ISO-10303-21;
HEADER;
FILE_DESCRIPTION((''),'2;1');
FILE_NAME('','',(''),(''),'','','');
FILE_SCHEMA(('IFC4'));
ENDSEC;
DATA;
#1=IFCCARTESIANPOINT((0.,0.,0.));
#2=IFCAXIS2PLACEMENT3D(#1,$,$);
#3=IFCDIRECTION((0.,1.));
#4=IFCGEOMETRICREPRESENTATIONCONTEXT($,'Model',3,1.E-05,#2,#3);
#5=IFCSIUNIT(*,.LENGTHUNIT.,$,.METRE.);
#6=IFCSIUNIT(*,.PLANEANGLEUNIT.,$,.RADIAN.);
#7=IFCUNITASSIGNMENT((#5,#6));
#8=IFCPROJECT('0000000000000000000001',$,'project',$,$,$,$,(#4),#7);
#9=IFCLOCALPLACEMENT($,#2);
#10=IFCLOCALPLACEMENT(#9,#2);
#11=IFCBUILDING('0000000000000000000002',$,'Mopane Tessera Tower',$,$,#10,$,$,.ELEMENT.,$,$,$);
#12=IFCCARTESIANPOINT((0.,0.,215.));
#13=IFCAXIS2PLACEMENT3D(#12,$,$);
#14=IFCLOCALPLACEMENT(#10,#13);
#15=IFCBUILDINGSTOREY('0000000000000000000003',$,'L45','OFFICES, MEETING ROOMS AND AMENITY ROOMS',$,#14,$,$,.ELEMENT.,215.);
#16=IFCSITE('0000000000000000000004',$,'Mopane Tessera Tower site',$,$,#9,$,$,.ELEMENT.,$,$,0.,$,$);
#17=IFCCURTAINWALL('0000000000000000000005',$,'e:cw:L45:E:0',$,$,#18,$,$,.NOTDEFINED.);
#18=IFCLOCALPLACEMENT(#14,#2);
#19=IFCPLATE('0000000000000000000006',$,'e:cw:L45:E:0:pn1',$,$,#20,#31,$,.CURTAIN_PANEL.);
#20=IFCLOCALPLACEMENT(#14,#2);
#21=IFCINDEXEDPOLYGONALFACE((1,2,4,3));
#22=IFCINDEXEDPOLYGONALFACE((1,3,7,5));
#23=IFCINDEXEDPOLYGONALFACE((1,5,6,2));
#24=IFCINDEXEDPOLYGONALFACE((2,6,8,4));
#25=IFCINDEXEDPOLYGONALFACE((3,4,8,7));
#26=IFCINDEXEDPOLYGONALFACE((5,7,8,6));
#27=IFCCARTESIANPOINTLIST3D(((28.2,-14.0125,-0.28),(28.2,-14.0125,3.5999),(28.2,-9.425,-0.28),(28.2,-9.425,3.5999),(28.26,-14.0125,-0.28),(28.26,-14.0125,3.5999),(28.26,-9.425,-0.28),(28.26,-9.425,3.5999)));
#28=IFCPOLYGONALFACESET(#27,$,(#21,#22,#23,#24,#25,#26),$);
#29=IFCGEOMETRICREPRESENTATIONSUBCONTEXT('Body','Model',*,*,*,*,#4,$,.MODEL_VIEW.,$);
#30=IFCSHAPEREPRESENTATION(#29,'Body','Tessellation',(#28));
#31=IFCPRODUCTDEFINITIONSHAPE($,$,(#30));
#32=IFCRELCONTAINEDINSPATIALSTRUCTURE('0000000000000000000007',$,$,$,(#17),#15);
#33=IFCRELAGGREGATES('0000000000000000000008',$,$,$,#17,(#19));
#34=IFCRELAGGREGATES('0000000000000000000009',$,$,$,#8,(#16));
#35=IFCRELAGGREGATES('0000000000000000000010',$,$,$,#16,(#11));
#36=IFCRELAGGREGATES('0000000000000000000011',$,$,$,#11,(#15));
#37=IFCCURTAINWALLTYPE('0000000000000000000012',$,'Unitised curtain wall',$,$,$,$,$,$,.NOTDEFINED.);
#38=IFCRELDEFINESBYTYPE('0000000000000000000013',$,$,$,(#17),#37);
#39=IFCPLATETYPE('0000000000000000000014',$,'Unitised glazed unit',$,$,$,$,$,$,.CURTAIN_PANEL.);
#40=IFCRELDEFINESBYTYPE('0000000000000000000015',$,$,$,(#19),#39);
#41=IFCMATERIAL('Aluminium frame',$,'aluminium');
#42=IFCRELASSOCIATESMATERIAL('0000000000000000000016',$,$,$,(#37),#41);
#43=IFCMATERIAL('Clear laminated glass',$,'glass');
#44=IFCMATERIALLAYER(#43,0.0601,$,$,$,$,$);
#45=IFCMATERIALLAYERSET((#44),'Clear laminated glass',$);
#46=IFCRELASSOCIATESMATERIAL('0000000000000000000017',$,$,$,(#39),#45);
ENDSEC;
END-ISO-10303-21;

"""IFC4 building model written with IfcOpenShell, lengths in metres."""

from ifc_helpers import new_model, si_unit, direction, frame, origin, origin_2d, place, context, subcontext, project, spatial, rectangle, extrude, material, layer, layer_set, type_object, element, aggregate, save


model = new_model("IFC4")

# Units and contexts
model_context = context("Model", 3, precision=1e-05, world=origin(), true_north=direction((0.0, 1.0)))
body_context = subcontext(model_context, "Body", "Model", "MODEL_VIEW")
ifc_project = project(units=[si_unit("LENGTHUNIT", "METRE"), si_unit("PLANEANGLEUNIT", "RADIAN")], contexts=[model_context])

# Site, building, storey
site_placement = place(None, origin())
site = spatial("IfcSite", under=ifc_project, at=site_placement, Name="Mopane Tessera Tower site", CompositionType="ELEMENT", RefElevation=0.0)
building_placement = place(site_placement, origin())
building = spatial("IfcBuilding", under=site, at=building_placement, Name="Mopane Tessera Tower", CompositionType="ELEMENT")
storey_placement = place(building_placement, frame((0.0, 0.0, 215.0)))
storey = spatial("IfcBuildingStorey", under=building, at=storey_placement, Name="L45", Description="OFFICES, MEETING ROOMS AND AMENITY ROOMS", CompositionType="ELEMENT", Elevation=215.0)

# Curtain wall
ifc_material_1 = material(Name="Aluminium frame", Category="aluminium")
curtain_wall_type = type_object("IfcCurtainWallType", Name="Unitised curtain wall", PredefinedType="NOTDEFINED", material=ifc_material_1)
curtain_wall_1_placement = place(storey_placement, origin())
curtain_wall_1 = element("IfcCurtainWall", 1, at=curtain_wall_1_placement, inside=storey, type_object=curtain_wall_type, Name="e:cw:L45:E:0", PredefinedType="NOTDEFINED")

# Plate
ifc_material_2 = material(Name="Clear laminated glass", Category="glass")
ifc_layer = layer(ifc_material_2, 0.0601)
ifc_layer_set = layer_set([ifc_layer], Name="Clear laminated glass")
plate_type = type_object("IfcPlateType", Name="Unitised glazed unit", PredefinedType="CURTAIN_PANEL", material=ifc_layer_set)
plate_1_placement = place(storey_placement, frame((28.23, -11.7188, -0.28), z_axis=(0.0, 0.0, 1.0), x_axis=(0.0, 1.0, 0.0)))
plate_1 = element("IfcPlate", 2, at=plate_1_placement, type_object=plate_type, Name="e:cw:L45:E:0:pn1", PredefinedType="CURTAIN_PANEL", context=body_context, shape_type="SweptSolid", body=[
    extrude(rectangle(XDim=4.5874, YDim=0.0601, at=origin_2d()), origin(), (0.0, 0.0, 1.0), 3.8799),
])
aggregate(curtain_wall_1, [plate_1])

save(model, "model.ifc")
